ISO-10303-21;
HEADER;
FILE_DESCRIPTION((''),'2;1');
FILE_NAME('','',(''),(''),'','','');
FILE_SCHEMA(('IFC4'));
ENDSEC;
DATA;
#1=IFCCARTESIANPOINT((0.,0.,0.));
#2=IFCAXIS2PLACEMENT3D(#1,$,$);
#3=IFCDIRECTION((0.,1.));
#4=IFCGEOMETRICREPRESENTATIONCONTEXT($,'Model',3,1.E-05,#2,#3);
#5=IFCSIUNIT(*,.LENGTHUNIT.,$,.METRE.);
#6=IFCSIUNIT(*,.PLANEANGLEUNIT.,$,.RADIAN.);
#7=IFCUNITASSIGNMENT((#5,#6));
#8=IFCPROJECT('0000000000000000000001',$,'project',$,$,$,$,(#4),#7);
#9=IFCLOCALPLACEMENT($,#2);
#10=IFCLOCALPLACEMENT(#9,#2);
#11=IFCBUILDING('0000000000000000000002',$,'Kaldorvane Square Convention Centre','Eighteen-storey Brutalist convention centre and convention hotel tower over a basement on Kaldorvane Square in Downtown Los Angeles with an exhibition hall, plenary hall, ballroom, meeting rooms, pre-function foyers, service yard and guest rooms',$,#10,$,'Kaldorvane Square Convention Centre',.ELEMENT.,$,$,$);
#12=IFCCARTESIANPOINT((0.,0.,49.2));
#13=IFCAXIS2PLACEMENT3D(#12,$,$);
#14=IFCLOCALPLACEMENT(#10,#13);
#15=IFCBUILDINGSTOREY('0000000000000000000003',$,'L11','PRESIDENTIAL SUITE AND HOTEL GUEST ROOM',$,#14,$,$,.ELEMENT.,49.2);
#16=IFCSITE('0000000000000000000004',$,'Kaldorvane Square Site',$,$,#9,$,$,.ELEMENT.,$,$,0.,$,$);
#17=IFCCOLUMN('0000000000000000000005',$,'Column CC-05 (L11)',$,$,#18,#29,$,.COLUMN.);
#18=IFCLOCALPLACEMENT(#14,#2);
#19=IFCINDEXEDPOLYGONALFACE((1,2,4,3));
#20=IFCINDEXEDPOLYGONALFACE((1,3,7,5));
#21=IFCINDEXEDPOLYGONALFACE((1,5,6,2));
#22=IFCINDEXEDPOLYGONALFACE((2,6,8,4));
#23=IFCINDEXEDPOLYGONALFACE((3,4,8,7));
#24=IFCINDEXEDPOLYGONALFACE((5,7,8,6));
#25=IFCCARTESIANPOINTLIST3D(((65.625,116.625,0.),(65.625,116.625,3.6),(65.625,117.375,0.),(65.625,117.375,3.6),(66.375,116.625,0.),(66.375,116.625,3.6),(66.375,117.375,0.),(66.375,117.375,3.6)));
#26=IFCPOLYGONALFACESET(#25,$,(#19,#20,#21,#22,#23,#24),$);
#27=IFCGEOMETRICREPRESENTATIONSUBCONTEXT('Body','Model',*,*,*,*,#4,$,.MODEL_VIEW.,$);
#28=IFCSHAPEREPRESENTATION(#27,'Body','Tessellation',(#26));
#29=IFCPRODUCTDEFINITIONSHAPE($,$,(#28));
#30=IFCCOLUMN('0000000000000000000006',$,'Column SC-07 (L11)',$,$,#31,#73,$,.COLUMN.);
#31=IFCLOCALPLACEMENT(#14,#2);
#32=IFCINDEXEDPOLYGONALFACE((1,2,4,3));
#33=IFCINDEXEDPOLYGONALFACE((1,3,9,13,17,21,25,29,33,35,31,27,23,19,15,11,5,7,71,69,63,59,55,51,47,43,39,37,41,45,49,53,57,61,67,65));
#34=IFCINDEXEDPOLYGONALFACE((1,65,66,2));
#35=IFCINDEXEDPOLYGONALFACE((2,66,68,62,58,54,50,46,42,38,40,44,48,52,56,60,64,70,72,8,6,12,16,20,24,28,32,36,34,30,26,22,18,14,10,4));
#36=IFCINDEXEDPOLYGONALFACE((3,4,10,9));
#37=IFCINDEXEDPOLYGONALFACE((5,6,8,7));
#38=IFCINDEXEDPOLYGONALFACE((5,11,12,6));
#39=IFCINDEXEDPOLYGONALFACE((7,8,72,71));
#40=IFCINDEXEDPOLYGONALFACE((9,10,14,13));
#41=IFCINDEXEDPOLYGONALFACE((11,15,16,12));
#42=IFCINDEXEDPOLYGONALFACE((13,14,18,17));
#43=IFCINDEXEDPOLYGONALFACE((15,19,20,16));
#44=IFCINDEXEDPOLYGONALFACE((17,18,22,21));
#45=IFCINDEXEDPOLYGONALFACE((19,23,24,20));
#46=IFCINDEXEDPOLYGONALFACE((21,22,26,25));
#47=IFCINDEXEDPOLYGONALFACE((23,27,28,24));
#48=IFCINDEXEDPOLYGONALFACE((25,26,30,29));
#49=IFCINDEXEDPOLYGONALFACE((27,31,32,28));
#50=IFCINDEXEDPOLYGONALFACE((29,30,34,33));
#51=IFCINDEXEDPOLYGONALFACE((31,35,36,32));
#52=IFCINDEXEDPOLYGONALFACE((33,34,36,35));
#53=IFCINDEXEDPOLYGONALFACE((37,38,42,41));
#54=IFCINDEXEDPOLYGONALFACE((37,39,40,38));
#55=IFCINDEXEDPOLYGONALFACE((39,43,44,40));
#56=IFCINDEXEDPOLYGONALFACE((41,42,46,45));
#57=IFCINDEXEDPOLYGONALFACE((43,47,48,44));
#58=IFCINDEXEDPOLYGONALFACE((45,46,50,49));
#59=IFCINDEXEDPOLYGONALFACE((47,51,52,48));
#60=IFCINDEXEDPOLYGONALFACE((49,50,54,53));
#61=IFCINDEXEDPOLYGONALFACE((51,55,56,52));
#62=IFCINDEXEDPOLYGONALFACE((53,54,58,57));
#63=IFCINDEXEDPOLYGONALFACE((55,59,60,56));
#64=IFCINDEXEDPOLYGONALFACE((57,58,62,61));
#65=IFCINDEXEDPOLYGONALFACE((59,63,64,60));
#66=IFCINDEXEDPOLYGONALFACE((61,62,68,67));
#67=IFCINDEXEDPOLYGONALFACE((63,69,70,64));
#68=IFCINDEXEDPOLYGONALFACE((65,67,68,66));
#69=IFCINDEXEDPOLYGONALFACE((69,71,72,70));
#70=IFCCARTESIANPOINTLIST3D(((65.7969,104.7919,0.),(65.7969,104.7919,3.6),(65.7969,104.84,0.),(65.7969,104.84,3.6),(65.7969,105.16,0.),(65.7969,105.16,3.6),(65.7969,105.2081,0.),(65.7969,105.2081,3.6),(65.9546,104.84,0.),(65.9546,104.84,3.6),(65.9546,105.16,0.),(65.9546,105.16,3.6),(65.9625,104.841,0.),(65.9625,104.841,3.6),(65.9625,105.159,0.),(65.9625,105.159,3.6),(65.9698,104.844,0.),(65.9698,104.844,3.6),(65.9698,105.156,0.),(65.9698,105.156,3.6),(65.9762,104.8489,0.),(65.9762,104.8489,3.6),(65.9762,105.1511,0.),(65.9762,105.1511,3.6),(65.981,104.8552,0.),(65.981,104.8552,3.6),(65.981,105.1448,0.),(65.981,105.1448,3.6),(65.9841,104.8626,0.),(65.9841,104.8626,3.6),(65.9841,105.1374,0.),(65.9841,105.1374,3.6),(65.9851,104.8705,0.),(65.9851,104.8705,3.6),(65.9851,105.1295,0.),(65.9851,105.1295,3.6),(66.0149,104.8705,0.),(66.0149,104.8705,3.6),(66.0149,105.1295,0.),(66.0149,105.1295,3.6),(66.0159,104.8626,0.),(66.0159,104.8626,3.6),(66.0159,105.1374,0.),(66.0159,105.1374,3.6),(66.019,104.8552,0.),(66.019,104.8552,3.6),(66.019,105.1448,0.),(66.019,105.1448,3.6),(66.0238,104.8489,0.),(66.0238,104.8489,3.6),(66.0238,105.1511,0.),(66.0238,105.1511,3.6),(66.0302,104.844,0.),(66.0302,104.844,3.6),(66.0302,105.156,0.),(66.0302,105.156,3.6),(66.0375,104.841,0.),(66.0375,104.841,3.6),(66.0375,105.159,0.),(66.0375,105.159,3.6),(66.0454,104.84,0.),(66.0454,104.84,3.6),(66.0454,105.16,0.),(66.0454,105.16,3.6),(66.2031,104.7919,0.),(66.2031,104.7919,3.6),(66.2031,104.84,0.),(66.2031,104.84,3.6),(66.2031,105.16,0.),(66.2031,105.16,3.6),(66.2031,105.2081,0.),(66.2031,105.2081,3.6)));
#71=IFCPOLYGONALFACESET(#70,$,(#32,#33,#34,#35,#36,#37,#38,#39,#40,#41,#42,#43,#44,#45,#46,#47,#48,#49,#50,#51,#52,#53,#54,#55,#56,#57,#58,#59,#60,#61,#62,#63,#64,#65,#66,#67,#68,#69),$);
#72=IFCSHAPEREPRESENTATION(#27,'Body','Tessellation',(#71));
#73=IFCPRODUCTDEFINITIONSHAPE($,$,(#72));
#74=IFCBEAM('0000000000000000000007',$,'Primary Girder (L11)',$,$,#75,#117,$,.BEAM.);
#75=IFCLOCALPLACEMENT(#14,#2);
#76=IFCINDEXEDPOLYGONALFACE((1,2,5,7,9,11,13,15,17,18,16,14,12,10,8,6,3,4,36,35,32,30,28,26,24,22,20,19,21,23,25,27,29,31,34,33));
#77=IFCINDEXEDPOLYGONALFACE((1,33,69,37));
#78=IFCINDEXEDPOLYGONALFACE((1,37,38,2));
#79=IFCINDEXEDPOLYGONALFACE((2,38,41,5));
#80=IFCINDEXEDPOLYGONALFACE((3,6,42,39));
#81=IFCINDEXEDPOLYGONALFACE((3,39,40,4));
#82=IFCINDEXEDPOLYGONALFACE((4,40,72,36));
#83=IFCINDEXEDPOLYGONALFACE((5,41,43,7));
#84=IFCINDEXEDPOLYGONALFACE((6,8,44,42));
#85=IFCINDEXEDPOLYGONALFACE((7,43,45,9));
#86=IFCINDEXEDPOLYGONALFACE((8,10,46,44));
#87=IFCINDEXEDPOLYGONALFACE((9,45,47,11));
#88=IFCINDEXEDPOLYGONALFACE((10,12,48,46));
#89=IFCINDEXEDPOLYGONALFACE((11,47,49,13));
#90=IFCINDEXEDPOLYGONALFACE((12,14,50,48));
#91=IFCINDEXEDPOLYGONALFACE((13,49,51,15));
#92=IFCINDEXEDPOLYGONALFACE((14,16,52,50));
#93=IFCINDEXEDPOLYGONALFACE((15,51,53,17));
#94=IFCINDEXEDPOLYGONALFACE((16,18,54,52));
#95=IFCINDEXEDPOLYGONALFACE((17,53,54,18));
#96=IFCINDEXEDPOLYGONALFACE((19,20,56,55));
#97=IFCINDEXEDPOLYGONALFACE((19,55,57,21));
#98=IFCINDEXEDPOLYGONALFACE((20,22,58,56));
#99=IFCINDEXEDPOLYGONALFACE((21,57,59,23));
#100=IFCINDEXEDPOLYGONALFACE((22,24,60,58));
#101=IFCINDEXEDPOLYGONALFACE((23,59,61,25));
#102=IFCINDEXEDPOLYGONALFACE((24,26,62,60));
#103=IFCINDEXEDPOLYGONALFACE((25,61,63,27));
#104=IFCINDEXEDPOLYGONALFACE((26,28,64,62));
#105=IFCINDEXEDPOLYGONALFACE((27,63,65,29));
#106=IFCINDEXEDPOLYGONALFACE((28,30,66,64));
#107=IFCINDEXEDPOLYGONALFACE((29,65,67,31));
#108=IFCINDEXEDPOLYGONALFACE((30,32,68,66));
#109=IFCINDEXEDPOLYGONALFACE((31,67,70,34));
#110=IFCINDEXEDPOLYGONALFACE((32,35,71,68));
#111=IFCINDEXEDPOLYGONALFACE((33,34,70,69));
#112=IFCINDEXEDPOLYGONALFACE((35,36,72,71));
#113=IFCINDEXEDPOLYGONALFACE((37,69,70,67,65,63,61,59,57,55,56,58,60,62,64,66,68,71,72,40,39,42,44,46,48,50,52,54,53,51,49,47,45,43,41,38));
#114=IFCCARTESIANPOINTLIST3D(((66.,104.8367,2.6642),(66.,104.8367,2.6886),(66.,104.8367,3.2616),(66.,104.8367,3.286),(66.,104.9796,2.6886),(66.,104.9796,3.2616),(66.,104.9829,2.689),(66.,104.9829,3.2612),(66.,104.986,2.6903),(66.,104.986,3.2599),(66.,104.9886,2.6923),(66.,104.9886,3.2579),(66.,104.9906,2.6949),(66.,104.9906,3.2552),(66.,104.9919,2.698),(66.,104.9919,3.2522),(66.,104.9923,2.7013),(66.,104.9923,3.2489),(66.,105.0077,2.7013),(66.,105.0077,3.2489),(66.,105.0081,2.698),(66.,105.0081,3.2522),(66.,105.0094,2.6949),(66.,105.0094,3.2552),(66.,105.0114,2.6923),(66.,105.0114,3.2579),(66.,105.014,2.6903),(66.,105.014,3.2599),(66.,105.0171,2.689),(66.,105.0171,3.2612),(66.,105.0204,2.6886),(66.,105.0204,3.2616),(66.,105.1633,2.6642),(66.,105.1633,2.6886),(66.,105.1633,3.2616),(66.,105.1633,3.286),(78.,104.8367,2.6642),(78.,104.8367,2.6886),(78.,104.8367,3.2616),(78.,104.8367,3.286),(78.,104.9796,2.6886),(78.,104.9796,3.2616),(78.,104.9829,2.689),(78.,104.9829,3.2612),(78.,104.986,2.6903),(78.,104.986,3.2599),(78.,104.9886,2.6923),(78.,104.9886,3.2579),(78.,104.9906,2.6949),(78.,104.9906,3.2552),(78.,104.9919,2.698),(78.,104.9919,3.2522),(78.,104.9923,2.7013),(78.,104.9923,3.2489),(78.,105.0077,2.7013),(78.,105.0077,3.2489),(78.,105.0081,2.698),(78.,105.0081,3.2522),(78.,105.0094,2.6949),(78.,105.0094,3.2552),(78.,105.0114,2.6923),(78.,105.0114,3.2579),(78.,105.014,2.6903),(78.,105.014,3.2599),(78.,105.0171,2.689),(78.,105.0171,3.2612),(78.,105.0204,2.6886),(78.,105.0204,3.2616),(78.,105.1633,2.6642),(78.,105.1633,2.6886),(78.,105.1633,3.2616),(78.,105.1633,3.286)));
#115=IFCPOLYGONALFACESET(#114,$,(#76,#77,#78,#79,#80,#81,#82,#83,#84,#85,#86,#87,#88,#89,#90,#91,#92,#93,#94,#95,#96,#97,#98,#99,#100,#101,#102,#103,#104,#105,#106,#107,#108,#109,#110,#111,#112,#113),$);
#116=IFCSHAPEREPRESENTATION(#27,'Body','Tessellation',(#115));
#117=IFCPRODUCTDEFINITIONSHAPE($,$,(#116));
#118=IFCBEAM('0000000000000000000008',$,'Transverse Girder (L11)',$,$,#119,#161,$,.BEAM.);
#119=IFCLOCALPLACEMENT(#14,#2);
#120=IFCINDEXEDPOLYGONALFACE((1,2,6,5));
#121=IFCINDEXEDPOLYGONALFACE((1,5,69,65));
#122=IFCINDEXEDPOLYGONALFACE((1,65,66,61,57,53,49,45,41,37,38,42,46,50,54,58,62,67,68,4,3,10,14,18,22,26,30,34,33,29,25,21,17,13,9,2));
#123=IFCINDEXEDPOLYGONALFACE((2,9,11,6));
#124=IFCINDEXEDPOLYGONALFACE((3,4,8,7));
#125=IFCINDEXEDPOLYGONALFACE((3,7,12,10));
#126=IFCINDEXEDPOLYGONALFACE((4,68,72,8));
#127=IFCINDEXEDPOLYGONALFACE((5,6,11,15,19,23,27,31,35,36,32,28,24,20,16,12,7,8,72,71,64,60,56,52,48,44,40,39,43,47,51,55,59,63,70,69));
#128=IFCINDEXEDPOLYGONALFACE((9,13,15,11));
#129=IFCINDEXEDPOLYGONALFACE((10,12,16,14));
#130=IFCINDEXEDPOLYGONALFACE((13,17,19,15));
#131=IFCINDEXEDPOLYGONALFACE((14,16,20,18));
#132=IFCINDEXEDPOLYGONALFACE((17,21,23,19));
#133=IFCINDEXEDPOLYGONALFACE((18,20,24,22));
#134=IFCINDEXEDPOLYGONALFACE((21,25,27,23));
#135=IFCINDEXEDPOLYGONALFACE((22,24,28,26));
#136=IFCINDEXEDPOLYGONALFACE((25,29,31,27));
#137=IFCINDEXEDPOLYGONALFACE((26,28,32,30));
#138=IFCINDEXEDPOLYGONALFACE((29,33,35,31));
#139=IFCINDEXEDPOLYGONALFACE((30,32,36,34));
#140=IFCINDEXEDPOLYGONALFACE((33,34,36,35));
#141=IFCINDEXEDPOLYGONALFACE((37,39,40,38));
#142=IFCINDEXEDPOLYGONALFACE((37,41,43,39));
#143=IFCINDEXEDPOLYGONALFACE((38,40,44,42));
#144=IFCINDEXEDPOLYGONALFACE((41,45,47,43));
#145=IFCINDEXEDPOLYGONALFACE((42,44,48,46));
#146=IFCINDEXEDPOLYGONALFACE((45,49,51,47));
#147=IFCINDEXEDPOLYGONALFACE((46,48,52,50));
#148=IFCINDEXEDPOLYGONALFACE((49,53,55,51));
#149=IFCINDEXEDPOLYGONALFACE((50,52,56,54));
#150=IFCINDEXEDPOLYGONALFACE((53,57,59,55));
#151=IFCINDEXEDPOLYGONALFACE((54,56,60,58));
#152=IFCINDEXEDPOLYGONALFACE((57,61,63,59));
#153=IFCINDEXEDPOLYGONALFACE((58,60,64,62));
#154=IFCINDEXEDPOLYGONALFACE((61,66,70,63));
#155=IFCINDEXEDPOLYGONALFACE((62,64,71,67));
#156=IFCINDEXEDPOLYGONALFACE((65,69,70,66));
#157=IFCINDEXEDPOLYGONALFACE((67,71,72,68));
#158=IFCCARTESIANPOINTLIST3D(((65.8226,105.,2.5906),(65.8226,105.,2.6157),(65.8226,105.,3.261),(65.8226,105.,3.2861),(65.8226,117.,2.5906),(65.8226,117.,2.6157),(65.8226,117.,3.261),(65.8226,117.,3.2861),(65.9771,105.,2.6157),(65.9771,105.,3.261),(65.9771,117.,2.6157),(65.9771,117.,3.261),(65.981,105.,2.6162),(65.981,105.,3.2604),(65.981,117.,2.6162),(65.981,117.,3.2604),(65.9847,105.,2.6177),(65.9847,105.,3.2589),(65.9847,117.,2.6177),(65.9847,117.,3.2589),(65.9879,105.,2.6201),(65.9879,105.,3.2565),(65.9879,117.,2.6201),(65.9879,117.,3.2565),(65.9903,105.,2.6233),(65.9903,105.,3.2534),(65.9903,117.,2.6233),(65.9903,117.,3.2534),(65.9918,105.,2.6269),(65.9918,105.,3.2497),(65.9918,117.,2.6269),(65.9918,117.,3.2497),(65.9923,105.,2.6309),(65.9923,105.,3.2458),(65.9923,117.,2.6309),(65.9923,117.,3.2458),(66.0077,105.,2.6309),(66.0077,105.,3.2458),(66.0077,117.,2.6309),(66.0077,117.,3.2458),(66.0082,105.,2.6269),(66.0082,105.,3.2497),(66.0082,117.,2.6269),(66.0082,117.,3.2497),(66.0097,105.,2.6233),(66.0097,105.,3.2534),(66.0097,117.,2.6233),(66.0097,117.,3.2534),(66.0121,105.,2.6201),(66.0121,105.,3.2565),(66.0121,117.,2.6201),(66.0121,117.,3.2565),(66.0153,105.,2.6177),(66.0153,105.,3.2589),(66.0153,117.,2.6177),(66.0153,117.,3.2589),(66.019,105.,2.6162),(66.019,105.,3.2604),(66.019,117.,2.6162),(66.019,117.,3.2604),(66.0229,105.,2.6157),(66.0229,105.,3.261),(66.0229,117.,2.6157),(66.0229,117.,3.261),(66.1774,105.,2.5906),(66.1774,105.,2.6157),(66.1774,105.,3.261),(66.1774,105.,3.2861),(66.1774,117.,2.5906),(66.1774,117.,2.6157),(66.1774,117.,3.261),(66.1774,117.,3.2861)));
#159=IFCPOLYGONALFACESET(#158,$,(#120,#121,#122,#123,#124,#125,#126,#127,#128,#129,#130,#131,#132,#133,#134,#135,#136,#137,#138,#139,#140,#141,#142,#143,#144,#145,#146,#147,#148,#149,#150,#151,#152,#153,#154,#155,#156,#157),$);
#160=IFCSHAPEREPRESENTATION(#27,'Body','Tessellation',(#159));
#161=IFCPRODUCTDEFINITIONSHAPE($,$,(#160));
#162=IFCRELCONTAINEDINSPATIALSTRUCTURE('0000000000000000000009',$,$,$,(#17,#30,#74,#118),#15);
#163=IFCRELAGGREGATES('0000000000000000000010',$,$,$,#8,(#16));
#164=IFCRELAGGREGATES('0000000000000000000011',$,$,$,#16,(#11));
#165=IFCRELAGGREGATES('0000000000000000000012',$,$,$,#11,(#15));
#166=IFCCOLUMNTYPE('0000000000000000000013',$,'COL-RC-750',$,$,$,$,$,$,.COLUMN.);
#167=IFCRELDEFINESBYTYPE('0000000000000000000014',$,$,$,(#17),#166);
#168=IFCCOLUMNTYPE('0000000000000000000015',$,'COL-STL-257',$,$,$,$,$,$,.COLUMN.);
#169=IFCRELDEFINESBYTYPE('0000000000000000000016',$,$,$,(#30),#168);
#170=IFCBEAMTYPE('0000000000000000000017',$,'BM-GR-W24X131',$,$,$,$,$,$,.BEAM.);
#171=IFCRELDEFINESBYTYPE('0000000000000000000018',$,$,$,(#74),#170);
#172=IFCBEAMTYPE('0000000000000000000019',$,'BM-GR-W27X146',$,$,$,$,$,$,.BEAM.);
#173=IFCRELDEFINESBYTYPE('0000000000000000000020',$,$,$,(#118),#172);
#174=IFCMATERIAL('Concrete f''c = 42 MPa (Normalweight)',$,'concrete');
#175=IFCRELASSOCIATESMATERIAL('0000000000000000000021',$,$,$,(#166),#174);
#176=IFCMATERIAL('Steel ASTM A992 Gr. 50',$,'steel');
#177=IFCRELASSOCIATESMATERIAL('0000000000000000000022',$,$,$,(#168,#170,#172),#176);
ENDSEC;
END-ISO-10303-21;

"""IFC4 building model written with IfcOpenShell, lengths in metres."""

from ifc_helpers import new_model, si_unit, direction, frame, origin, origin_2d, place, context, subcontext, project, spatial, rectangle, i_section, extrude, material, material_profile, profile_set, type_object, element, save


model = new_model("IFC4")

# Units and contexts
model_context = context("Model", 3, precision=1e-05, world=origin(), true_north=direction((0.0, 1.0)))
body_context = subcontext(model_context, "Body", "Model", "MODEL_VIEW")
ifc_project = project(units=[si_unit("LENGTHUNIT", "METRE"), si_unit("PLANEANGLEUNIT", "RADIAN")], contexts=[model_context])

# Site, building, storey
site_placement = place(None, origin())
site = spatial("IfcSite", under=ifc_project, at=site_placement, Name="Kaldorvane Square Site", CompositionType="ELEMENT", RefElevation=0.0)
building_placement = place(site_placement, origin())
building = spatial("IfcBuilding", under=site, at=building_placement, Name="Kaldorvane Square Convention Centre", Description="Eighteen-storey Brutalist convention centre and convention hotel tower over a basement on Kaldorvane Square in Downtown Los Angeles with an exhibition hall, plenary hall, ballroom, meeting rooms, pre-function foyers, service yard and guest rooms", LongName="Kaldorvane Square Convention Centre", CompositionType="ELEMENT")
storey_placement = place(building_placement, frame((0.0, 0.0, 49.2)))
storey = spatial("IfcBuildingStorey", under=building, at=storey_placement, Name="L11", Description="PRESIDENTIAL SUITE AND HOTEL GUEST ROOM", CompositionType="ELEMENT", Elevation=49.2)

# Columns
ifc_material_1 = material(Name="Concrete f'c = 42 MPa (Normalweight)", Category="concrete")
ifc_material_profile_1 = material_profile(ifc_material_1, rectangle(XDim=0.75, YDim=0.75, at=origin_2d()), Name="RC750X750")
ifc_profile_set_1 = profile_set([ifc_material_profile_1], Name="Concrete f'c = 42 MPa (Normalweight)")
column_type_1 = type_object("IfcColumnType", Name="COL-RC-750", PredefinedType="COLUMN", material=ifc_profile_set_1)
column_1_placement = place(storey_placement, frame((66.0, 117.0, 0.0), z_axis=(0.0, 0.0, 1.0), x_axis=(1.0, 0.0, 0.0)))
element("IfcColumn", 1, at=column_1_placement, inside=storey, type_object=column_type_1, Name="Column CC-05 (L11)", PredefinedType="COLUMN", context=body_context, shape_type="SweptSolid", body=[
    extrude(rectangle(XDim=0.75, YDim=0.75, at=origin_2d()), origin(), (0.0, 0.0, 1.0), 3.6),
])
ifc_material_2 = material(Name="Steel ASTM A992 Gr. 50", Category="steel")
ifc_material_profile_2 = material_profile(ifc_material_2, i_section(OverallWidth=0.4063, OverallDepth=0.4161, WebThickness=0.0298, FlangeThickness=0.048, FilletRadius=0.0305, at=origin_2d()), Name="W14X257")
ifc_profile_set_2 = profile_set([ifc_material_profile_2], Name="Steel ASTM A992 Gr. 50")
column_type_2 = type_object("IfcColumnType", Name="COL-STL-257", PredefinedType="COLUMN", material=ifc_profile_set_2)
column_2_placement = place(storey_placement, frame((66.0, 105.0, 0.0), z_axis=(0.0, 0.0, 1.0), x_axis=(1.0, 0.0, 0.0)))
element("IfcColumn", 2, at=column_2_placement, inside=storey, type_object=column_type_2, Name="Column SC-07 (L11)", PredefinedType="COLUMN", context=body_context, shape_type="SweptSolid", body=[
    extrude(i_section(OverallWidth=0.4063, OverallDepth=0.4161, WebThickness=0.0298, FlangeThickness=0.048, FilletRadius=0.0305, at=origin_2d()), origin(), (0.0, 0.0, 1.0), 3.6),
])

# Beams
ifc_material_profile_3 = material_profile(ifc_material_2, i_section(OverallWidth=0.3265, OverallDepth=0.6218, WebThickness=0.0154, FlangeThickness=0.0244, FilletRadius=0.0127, at=origin_2d()), Name="W24X131")
ifc_profile_set_3 = profile_set([ifc_material_profile_3], Name="Steel ASTM A992 Gr. 50")
beam_type_1 = type_object("IfcBeamType", Name="BM-GR-W24X131", PredefinedType="BEAM", material=ifc_profile_set_3)
beam_1_placement = place(storey_placement, frame((66.0, 105.0, 2.9751), z_axis=(1.0, 0.0, 0.0), x_axis=(0.0, 1.0, 0.0)))
element("IfcBeam", 3, at=beam_1_placement, inside=storey, type_object=beam_type_1, Name="Primary Girder (L11)", PredefinedType="BEAM", context=body_context, shape_type="SweptSolid", body=[
    extrude(i_section(OverallWidth=0.3265, OverallDepth=0.6218, WebThickness=0.0154, FlangeThickness=0.0244, FilletRadius=0.0127, at=origin_2d()), origin(), (0.0, 0.0, 1.0), 12.0),
])
ifc_material_profile_4 = material_profile(ifc_material_2, i_section(OverallWidth=0.3547, OverallDepth=0.6955, WebThickness=0.0154, FlangeThickness=0.0251, FilletRadius=0.0152, at=origin_2d()), Name="W27X146")
ifc_profile_set_4 = profile_set([ifc_material_profile_4], Name="Steel ASTM A992 Gr. 50")
beam_type_2 = type_object("IfcBeamType", Name="BM-GR-W27X146", PredefinedType="BEAM", material=ifc_profile_set_4)
beam_2_placement = place(storey_placement, frame((66.0, 105.0, 2.9383), z_axis=(0.0, 1.0, 0.0), x_axis=(-1.0, 0.0, 0.0)))
element("IfcBeam", 4, at=beam_2_placement, inside=storey, type_object=beam_type_2, Name="Transverse Girder (L11)", PredefinedType="BEAM", context=body_context, shape_type="SweptSolid", body=[
    extrude(i_section(OverallWidth=0.3547, OverallDepth=0.6955, WebThickness=0.0154, FlangeThickness=0.0251, FilletRadius=0.0152, at=origin_2d()), origin(), (0.0, 0.0, 1.0), 12.0),
])

save(model, "model.ifc")
